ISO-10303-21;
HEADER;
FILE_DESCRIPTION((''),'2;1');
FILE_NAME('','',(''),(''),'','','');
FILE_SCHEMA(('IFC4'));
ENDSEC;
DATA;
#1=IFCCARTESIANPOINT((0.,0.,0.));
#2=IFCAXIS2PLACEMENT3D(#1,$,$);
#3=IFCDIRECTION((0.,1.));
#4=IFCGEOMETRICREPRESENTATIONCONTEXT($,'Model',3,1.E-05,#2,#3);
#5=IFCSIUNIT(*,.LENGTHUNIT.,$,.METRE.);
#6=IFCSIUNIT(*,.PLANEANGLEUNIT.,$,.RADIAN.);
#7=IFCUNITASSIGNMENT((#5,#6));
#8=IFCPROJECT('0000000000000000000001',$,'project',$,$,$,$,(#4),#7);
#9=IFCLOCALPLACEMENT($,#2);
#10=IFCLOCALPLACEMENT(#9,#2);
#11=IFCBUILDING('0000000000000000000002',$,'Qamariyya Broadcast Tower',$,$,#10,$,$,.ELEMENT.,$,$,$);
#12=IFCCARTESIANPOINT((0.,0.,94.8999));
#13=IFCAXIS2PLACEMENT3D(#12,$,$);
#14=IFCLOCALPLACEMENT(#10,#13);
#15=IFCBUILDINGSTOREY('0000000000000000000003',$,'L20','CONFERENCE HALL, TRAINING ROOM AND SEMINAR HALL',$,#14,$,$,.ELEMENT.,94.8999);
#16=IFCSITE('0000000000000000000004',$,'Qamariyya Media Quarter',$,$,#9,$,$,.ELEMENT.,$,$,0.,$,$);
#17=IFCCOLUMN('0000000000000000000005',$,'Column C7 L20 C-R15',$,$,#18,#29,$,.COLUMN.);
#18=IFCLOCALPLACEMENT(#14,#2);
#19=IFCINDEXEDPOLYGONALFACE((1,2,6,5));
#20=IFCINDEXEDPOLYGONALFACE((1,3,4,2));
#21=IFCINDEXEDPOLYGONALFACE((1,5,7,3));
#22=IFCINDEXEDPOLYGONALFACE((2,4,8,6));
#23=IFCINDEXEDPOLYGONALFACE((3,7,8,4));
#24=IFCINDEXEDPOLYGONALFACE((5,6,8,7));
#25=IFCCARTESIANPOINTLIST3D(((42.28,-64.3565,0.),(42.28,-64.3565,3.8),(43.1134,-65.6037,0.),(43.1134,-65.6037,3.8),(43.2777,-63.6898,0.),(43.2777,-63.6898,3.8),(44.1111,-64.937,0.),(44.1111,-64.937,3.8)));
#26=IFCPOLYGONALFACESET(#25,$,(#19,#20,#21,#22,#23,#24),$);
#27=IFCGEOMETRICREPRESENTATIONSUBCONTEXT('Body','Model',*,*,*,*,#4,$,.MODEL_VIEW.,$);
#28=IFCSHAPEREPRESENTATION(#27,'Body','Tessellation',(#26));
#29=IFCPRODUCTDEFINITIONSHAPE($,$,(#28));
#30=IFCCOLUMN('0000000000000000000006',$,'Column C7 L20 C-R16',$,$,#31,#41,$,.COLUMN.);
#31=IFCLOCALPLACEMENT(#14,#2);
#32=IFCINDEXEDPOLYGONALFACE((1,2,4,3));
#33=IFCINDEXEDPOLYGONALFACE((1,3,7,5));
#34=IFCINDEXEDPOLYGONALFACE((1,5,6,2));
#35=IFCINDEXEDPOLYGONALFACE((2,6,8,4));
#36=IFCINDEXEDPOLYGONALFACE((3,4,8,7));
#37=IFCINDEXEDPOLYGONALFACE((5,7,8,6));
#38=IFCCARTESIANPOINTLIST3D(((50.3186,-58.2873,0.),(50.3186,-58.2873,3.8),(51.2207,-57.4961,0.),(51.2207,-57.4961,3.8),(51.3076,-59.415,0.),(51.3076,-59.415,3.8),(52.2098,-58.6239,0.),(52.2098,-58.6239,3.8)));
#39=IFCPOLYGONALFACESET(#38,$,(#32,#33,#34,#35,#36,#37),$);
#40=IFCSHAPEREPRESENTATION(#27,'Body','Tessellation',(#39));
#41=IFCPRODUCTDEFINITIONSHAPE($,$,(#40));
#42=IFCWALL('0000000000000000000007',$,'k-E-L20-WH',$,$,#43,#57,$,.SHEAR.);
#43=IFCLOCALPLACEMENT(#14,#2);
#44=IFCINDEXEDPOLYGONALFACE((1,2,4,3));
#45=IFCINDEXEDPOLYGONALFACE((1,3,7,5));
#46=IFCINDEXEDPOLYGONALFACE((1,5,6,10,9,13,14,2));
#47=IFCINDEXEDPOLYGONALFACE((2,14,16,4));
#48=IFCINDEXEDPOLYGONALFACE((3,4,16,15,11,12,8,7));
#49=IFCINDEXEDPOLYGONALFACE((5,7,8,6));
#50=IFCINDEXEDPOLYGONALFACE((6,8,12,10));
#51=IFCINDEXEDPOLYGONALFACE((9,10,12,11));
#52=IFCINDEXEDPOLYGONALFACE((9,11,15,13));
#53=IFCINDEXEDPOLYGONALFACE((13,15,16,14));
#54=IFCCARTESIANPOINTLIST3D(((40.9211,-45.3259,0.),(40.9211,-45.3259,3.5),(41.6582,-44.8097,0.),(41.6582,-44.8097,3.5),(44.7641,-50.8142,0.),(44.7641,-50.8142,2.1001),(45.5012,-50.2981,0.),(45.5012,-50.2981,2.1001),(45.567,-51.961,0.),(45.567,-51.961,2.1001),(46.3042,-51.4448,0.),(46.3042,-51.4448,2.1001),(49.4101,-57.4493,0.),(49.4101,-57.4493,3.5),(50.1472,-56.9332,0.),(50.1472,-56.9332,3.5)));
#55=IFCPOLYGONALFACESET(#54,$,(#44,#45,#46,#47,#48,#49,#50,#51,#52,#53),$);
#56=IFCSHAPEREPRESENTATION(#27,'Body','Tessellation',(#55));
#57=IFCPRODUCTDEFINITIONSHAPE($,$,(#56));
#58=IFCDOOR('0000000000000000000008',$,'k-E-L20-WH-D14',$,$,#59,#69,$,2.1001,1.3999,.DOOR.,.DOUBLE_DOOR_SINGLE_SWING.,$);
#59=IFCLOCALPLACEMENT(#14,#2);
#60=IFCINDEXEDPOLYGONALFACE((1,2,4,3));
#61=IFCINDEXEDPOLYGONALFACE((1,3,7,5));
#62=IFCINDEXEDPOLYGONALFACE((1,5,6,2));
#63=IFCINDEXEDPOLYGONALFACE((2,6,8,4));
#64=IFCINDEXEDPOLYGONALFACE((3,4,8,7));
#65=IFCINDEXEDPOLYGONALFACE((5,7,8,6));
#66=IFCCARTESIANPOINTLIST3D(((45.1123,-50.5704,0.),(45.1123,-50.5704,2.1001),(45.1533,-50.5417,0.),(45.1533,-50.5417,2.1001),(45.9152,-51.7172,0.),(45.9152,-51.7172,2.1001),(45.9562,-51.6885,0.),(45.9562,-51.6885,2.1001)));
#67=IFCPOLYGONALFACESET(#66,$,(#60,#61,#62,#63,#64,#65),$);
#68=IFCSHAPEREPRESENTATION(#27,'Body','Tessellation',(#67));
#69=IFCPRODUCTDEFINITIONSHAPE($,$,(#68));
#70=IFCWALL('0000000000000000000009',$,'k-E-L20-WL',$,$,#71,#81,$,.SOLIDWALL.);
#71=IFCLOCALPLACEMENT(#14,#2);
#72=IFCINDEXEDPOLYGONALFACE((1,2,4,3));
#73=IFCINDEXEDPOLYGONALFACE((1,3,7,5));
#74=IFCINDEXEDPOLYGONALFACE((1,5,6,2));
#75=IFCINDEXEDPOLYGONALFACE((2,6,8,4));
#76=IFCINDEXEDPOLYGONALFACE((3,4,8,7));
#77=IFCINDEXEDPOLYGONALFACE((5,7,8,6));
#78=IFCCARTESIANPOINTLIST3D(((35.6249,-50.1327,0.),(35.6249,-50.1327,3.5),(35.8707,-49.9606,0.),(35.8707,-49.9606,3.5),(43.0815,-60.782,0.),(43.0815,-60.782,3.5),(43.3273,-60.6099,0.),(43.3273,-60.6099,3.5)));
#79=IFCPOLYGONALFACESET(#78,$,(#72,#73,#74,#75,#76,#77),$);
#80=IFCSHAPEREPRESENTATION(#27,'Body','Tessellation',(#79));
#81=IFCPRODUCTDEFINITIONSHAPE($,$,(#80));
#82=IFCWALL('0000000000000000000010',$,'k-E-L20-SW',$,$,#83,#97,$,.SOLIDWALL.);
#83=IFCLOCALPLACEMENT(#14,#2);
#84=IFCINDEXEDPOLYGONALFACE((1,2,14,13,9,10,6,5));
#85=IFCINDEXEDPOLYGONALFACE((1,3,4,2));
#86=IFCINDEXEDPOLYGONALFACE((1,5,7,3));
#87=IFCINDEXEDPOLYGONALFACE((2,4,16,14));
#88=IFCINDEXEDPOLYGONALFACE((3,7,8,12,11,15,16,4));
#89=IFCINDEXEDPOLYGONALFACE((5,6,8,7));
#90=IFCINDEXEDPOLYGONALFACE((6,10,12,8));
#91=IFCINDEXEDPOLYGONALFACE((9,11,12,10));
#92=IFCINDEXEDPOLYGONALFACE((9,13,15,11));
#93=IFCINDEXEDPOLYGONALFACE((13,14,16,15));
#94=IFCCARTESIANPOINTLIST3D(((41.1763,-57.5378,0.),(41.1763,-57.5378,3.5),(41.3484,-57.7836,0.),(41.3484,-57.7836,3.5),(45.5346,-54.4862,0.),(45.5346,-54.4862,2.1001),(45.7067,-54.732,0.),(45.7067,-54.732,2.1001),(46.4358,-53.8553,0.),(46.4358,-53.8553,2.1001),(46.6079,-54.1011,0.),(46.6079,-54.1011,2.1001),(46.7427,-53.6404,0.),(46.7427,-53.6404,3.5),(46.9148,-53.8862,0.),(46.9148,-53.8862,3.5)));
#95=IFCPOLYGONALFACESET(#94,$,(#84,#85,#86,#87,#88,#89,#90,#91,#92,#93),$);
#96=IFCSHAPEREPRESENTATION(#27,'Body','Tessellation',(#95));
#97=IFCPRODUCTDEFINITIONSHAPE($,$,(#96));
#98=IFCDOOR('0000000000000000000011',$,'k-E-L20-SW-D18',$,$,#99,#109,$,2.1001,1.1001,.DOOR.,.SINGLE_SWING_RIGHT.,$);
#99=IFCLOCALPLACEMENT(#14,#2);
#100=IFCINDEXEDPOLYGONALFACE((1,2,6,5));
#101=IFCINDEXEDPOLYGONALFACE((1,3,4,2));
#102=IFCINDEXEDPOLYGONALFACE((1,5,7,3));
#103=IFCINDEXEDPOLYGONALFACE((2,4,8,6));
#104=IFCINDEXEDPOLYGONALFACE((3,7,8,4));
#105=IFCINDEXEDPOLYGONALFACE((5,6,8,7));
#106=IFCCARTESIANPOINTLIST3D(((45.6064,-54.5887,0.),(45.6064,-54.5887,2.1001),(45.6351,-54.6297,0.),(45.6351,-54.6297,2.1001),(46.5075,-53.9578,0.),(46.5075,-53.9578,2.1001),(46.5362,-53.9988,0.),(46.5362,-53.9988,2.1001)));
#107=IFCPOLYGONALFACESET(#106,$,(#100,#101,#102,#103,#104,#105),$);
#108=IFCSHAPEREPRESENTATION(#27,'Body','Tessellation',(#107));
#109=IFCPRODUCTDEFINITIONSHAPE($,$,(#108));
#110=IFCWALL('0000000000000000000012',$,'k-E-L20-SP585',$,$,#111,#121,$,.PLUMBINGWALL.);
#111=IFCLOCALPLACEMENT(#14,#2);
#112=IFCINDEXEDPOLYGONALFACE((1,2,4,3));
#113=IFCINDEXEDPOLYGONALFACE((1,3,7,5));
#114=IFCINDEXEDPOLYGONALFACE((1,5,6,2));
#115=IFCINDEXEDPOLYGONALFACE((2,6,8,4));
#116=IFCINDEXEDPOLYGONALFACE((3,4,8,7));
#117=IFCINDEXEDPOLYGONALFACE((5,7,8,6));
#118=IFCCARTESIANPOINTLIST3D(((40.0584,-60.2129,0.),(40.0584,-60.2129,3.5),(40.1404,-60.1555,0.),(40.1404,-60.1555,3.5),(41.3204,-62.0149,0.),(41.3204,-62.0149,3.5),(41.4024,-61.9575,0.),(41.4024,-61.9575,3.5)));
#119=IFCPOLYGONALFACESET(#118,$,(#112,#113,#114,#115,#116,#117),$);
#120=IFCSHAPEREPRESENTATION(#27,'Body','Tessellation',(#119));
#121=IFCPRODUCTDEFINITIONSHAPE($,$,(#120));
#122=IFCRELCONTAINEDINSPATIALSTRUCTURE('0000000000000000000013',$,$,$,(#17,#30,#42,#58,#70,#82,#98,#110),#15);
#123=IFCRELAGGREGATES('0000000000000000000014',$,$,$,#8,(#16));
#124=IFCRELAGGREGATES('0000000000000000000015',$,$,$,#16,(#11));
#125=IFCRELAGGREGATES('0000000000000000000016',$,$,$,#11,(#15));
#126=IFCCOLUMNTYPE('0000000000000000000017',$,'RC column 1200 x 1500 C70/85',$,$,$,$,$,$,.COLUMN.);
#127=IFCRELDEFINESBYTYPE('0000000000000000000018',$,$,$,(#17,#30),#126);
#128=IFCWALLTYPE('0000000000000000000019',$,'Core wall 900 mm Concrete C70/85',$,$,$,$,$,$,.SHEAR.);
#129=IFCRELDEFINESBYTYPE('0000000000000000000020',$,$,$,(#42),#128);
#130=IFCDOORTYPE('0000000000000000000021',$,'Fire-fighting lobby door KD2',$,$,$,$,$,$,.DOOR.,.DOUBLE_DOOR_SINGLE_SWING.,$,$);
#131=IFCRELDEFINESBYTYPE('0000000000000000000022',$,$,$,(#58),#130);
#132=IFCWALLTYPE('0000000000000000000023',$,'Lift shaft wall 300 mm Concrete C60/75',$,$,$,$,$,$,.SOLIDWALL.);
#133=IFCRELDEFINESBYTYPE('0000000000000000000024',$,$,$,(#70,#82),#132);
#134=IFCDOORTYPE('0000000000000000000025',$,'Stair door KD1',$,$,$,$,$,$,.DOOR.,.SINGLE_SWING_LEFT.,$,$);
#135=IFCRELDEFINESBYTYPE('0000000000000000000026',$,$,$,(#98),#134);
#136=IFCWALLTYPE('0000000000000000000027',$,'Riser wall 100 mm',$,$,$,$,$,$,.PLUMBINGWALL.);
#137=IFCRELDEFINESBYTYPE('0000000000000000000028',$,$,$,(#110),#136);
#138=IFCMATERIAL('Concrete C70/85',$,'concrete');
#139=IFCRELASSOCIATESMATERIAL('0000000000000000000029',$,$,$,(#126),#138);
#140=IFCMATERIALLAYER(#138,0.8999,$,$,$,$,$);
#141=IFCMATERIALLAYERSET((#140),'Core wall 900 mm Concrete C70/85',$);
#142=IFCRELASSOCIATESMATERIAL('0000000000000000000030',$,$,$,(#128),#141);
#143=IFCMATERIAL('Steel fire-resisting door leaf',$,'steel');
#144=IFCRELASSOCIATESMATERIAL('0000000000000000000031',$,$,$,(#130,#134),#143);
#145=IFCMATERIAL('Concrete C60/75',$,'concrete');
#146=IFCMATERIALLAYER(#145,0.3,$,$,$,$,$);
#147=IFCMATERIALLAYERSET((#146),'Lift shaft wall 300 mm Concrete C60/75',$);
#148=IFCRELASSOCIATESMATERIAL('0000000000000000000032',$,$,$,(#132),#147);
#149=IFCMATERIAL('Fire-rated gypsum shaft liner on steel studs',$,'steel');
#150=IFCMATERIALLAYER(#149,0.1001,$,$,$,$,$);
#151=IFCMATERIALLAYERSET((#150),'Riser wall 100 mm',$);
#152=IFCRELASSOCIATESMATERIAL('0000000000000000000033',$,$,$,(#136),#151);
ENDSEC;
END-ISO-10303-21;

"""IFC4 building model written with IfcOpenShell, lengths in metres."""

from ifc_helpers import new_model, si_unit, direction, frame, frame_2d, origin, origin_2d, place, context, subcontext, project, spatial, rectangle, extrude, material, layer, layer_set, material_profile, profile_set, type_object, element, fill, save


model = new_model("IFC4")

# Units and contexts
model_context = context("Model", 3, precision=1e-05, world=origin(), true_north=direction((0.0, 1.0)))
body_context = subcontext(model_context, "Body", "Model", "MODEL_VIEW")
ifc_project = project(units=[si_unit("LENGTHUNIT", "METRE"), si_unit("PLANEANGLEUNIT", "RADIAN")], contexts=[model_context])

# Site, building, storey
site_placement = place(None, origin())
site = spatial("IfcSite", under=ifc_project, at=site_placement, Name="Qamariyya Media Quarter", CompositionType="ELEMENT", RefElevation=0.0)
building_placement = place(site_placement, origin())
building = spatial("IfcBuilding", under=site, at=building_placement, Name="Qamariyya Broadcast Tower", CompositionType="ELEMENT")
storey_placement = place(building_placement, frame((0.0, 0.0, 94.8999)))
storey = spatial("IfcBuildingStorey", under=building, at=storey_placement, Name="L20", Description="CONFERENCE HALL, TRAINING ROOM AND SEMINAR HALL", CompositionType="ELEMENT", Elevation=94.8999)

# Columns
ifc_material_1 = material(Name="Concrete C70/85", Category="concrete")
ifc_material_profile_1 = material_profile(ifc_material_1, rectangle(XDim=1.2, YDim=1.5, at=origin_2d()))
ifc_profile_set_1 = profile_set([ifc_material_profile_1], Name="Concrete C70/85")
column_type = type_object("IfcColumnType", Name="RC column 1200 x 1500 C70/85", PredefinedType="COLUMN", material=ifc_profile_set_1)
for number, where, z_axis, x_axis, name in (
    (1, (43.1956, -64.6467, 0.0), (0.0, 0.0, 1.0), (0.83147, 0.55557, 0.0), "Column C7 L20 C-R15"),
    (2, (51.2642, -58.4556, 0.0), (0.0, 0.0, 1.0), (0.75184, 0.659346, 0.0), "Column C7 L20 C-R16"),
):
    element("IfcColumn", number, at=place(storey_placement, frame(where, z_axis=z_axis, x_axis=x_axis)), inside=storey, type_object=column_type, Name=name, PredefinedType="COLUMN", context=body_context, shape_type="SweptSolid", body=[
        extrude(rectangle(XDim=1.2, YDim=1.5, at=origin_2d()), origin(), (0.0, 0.0, 1.0), 3.8),
    ])

# Wall, opening, door
ifc_layer_1 = layer(ifc_material_1, 0.8999)
ifc_layer_set_1 = layer_set([ifc_layer_1], Name="Core wall 900 mm Concrete C70/85")
wall_type_1 = type_object("IfcWallType", Name="Core wall 900 mm Concrete C70/85", PredefinedType="SHEAR", material=ifc_layer_set_1)
wall_1_placement = place(storey_placement, frame((49.7786, -57.1912, 0.0), z_axis=(0.0, 0.0, 1.0), x_axis=(-0.573577, 0.819151, 0.0)))
wall_1 = element("IfcWall", 3, at=wall_1_placement, inside=storey, type_object=wall_type_1, Name="k-E-L20-WH", PredefinedType="SHEAR", context=body_context, shape_type="SweptSolid", body=[
    extrude(rectangle(XDim=14.8, YDim=0.8999, at=frame_2d((7.3999, 0.0))), origin(), (0.0, 0.0, 1.0), 3.5),
])
opening_1_placement = place(wall_1_placement, frame((6.7, 0.0, 0.0)))
opening_1 = element("IfcOpeningElement", 4, at=opening_1_placement, cuts=wall_1, PredefinedType="OPENING", context=body_context, shape_type="SweptSolid", body=[
    extrude(rectangle(XDim=1.3999, YDim=2.1001, at=frame_2d((0.7, 1.05))), frame((0.0, 0.46, 0.0), z_axis=(0.0, -1.0, 0.0), x_axis=(1.0, 0.0, 0.0)), (0.0, 0.0, 1.0), 0.9199),
])
ifc_material_2 = material(Name="Steel fire-resisting door leaf", Category="steel")
door_type_1 = type_object("IfcDoorType", Name="Fire-fighting lobby door KD2", OperationType="DOUBLE_DOOR_SINGLE_SWING", PredefinedType="DOOR", material=ifc_material_2)
door_1_placement = place(opening_1_placement, origin())
door_1 = element("IfcDoor", 5, at=door_1_placement, inside=storey, type_object=door_type_1, Name="k-E-L20-WH-D14", OperationType="DOUBLE_DOOR_SINGLE_SWING", OverallHeight=2.1001, OverallWidth=1.3999, PredefinedType="DOOR", context=body_context, shape_type="SweptSolid", body=[
    extrude(rectangle(XDim=1.3999, YDim=2.1001, at=frame_2d((0.7, 1.05))), frame((0.0, 0.0249, 0.0), z_axis=(0.0, -1.0, 0.0), x_axis=(1.0, 0.0, 0.0)), (0.0, 0.0, 1.0), 0.05),
])
fill(opening_1, door_1)

# Wall
ifc_material_3 = material(Name="Concrete C60/75", Category="concrete")
ifc_layer_2 = layer(ifc_material_3, 0.3)
ifc_layer_set_2 = layer_set([ifc_layer_2], Name="Lift shaft wall 300 mm Concrete C60/75")
wall_type_2 = type_object("IfcWallType", Name="Lift shaft wall 300 mm Concrete C60/75", PredefinedType="SOLIDWALL", material=ifc_layer_set_2)
wall_2_placement = place(storey_placement, frame((43.2043, -60.6958, 0.0), z_axis=(0.0, 0.0, 1.0), x_axis=(-0.573572, 0.819155, 0.0)))
element("IfcWall", 6, at=wall_2_placement, inside=storey, type_object=wall_type_2, Name="k-E-L20-WL", PredefinedType="SOLIDWALL", context=body_context, shape_type="SweptSolid", body=[
    extrude(rectangle(XDim=13.0002, YDim=0.3, at=frame_2d((6.5, 0.0))), origin(), (0.0, 0.0, 1.0), 3.5),
])

# Wall, opening, door
wall_3_placement = place(storey_placement, frame((41.2625, -57.6606, 0.0), z_axis=(0.0, 0.0, 1.0), x_axis=(0.819164, 0.573559, 0.0)))
wall_3 = element("IfcWall", 7, at=wall_3_placement, inside=storey, type_object=wall_type_2, Name="k-E-L20-SW", PredefinedType="SOLIDWALL", context=body_context, shape_type="SweptSolid", body=[
    extrude(rectangle(XDim=6.7952, YDim=0.3, at=frame_2d((3.3975, 0.0))), origin(), (0.0, 0.0, 1.0), 3.5),
])
opening_2_placement = place(wall_3_placement, frame((5.3203, 0.0, 0.0)))
opening_2 = element("IfcOpeningElement", 8, at=opening_2_placement, cuts=wall_3, PredefinedType="OPENING", context=body_context, shape_type="SweptSolid", body=[
    extrude(rectangle(XDim=1.1001, YDim=2.1001, at=frame_2d((0.55, 1.05))), frame((0.0, 0.1599, 0.0), z_axis=(0.0, -1.0, 0.0), x_axis=(1.0, 0.0, 0.0)), (0.0, 0.0, 1.0), 0.3201),
])
door_type_2 = type_object("IfcDoorType", Name="Stair door KD1", OperationType="SINGLE_SWING_LEFT", PredefinedType="DOOR", material=ifc_material_2)
door_2_placement = place(opening_2_placement, origin())
door_2 = element("IfcDoor", 9, at=door_2_placement, inside=storey, type_object=door_type_2, Name="k-E-L20-SW-D18", OperationType="SINGLE_SWING_RIGHT", OverallHeight=2.1001, OverallWidth=1.1001, PredefinedType="DOOR", context=body_context, shape_type="SweptSolid", body=[
    extrude(rectangle(XDim=1.1001, YDim=2.1001, at=frame_2d((0.55, 1.05))), frame((0.0, 0.0249, 0.0), z_axis=(0.0, -1.0, 0.0), x_axis=(1.0, 0.0, 0.0)), (0.0, 0.0, 1.0), 0.05),
])
fill(opening_2, door_2)

# Wall
ifc_material_4 = material(Name="Fire-rated gypsum shaft liner on steel studs", Category="steel")
ifc_layer_3 = layer(ifc_material_4, 0.1001)
ifc_layer_set_3 = layer_set([ifc_layer_3], Name="Riser wall 100 mm")
wall_type_3 = type_object("IfcWallType", Name="Riser wall 100 mm", PredefinedType="PLUMBINGWALL", material=ifc_layer_set_3)
wall_4_placement = place(storey_placement, frame((40.0994, -60.1841, 0.0), z_axis=(0.0, 0.0, 1.0), x_axis=(0.573634, -0.819112, 0.0)))
element("IfcWall", 10, at=wall_4_placement, inside=storey, type_object=wall_type_3, Name="k-E-L20-SP585", PredefinedType="PLUMBINGWALL", context=body_context, shape_type="SweptSolid", body=[
    extrude(rectangle(XDim=2.2, YDim=0.1001, at=frame_2d((1.1001, 0.0))), origin(), (0.0, 0.0, 1.0), 3.5),
])

save(model, "model.ifc")
